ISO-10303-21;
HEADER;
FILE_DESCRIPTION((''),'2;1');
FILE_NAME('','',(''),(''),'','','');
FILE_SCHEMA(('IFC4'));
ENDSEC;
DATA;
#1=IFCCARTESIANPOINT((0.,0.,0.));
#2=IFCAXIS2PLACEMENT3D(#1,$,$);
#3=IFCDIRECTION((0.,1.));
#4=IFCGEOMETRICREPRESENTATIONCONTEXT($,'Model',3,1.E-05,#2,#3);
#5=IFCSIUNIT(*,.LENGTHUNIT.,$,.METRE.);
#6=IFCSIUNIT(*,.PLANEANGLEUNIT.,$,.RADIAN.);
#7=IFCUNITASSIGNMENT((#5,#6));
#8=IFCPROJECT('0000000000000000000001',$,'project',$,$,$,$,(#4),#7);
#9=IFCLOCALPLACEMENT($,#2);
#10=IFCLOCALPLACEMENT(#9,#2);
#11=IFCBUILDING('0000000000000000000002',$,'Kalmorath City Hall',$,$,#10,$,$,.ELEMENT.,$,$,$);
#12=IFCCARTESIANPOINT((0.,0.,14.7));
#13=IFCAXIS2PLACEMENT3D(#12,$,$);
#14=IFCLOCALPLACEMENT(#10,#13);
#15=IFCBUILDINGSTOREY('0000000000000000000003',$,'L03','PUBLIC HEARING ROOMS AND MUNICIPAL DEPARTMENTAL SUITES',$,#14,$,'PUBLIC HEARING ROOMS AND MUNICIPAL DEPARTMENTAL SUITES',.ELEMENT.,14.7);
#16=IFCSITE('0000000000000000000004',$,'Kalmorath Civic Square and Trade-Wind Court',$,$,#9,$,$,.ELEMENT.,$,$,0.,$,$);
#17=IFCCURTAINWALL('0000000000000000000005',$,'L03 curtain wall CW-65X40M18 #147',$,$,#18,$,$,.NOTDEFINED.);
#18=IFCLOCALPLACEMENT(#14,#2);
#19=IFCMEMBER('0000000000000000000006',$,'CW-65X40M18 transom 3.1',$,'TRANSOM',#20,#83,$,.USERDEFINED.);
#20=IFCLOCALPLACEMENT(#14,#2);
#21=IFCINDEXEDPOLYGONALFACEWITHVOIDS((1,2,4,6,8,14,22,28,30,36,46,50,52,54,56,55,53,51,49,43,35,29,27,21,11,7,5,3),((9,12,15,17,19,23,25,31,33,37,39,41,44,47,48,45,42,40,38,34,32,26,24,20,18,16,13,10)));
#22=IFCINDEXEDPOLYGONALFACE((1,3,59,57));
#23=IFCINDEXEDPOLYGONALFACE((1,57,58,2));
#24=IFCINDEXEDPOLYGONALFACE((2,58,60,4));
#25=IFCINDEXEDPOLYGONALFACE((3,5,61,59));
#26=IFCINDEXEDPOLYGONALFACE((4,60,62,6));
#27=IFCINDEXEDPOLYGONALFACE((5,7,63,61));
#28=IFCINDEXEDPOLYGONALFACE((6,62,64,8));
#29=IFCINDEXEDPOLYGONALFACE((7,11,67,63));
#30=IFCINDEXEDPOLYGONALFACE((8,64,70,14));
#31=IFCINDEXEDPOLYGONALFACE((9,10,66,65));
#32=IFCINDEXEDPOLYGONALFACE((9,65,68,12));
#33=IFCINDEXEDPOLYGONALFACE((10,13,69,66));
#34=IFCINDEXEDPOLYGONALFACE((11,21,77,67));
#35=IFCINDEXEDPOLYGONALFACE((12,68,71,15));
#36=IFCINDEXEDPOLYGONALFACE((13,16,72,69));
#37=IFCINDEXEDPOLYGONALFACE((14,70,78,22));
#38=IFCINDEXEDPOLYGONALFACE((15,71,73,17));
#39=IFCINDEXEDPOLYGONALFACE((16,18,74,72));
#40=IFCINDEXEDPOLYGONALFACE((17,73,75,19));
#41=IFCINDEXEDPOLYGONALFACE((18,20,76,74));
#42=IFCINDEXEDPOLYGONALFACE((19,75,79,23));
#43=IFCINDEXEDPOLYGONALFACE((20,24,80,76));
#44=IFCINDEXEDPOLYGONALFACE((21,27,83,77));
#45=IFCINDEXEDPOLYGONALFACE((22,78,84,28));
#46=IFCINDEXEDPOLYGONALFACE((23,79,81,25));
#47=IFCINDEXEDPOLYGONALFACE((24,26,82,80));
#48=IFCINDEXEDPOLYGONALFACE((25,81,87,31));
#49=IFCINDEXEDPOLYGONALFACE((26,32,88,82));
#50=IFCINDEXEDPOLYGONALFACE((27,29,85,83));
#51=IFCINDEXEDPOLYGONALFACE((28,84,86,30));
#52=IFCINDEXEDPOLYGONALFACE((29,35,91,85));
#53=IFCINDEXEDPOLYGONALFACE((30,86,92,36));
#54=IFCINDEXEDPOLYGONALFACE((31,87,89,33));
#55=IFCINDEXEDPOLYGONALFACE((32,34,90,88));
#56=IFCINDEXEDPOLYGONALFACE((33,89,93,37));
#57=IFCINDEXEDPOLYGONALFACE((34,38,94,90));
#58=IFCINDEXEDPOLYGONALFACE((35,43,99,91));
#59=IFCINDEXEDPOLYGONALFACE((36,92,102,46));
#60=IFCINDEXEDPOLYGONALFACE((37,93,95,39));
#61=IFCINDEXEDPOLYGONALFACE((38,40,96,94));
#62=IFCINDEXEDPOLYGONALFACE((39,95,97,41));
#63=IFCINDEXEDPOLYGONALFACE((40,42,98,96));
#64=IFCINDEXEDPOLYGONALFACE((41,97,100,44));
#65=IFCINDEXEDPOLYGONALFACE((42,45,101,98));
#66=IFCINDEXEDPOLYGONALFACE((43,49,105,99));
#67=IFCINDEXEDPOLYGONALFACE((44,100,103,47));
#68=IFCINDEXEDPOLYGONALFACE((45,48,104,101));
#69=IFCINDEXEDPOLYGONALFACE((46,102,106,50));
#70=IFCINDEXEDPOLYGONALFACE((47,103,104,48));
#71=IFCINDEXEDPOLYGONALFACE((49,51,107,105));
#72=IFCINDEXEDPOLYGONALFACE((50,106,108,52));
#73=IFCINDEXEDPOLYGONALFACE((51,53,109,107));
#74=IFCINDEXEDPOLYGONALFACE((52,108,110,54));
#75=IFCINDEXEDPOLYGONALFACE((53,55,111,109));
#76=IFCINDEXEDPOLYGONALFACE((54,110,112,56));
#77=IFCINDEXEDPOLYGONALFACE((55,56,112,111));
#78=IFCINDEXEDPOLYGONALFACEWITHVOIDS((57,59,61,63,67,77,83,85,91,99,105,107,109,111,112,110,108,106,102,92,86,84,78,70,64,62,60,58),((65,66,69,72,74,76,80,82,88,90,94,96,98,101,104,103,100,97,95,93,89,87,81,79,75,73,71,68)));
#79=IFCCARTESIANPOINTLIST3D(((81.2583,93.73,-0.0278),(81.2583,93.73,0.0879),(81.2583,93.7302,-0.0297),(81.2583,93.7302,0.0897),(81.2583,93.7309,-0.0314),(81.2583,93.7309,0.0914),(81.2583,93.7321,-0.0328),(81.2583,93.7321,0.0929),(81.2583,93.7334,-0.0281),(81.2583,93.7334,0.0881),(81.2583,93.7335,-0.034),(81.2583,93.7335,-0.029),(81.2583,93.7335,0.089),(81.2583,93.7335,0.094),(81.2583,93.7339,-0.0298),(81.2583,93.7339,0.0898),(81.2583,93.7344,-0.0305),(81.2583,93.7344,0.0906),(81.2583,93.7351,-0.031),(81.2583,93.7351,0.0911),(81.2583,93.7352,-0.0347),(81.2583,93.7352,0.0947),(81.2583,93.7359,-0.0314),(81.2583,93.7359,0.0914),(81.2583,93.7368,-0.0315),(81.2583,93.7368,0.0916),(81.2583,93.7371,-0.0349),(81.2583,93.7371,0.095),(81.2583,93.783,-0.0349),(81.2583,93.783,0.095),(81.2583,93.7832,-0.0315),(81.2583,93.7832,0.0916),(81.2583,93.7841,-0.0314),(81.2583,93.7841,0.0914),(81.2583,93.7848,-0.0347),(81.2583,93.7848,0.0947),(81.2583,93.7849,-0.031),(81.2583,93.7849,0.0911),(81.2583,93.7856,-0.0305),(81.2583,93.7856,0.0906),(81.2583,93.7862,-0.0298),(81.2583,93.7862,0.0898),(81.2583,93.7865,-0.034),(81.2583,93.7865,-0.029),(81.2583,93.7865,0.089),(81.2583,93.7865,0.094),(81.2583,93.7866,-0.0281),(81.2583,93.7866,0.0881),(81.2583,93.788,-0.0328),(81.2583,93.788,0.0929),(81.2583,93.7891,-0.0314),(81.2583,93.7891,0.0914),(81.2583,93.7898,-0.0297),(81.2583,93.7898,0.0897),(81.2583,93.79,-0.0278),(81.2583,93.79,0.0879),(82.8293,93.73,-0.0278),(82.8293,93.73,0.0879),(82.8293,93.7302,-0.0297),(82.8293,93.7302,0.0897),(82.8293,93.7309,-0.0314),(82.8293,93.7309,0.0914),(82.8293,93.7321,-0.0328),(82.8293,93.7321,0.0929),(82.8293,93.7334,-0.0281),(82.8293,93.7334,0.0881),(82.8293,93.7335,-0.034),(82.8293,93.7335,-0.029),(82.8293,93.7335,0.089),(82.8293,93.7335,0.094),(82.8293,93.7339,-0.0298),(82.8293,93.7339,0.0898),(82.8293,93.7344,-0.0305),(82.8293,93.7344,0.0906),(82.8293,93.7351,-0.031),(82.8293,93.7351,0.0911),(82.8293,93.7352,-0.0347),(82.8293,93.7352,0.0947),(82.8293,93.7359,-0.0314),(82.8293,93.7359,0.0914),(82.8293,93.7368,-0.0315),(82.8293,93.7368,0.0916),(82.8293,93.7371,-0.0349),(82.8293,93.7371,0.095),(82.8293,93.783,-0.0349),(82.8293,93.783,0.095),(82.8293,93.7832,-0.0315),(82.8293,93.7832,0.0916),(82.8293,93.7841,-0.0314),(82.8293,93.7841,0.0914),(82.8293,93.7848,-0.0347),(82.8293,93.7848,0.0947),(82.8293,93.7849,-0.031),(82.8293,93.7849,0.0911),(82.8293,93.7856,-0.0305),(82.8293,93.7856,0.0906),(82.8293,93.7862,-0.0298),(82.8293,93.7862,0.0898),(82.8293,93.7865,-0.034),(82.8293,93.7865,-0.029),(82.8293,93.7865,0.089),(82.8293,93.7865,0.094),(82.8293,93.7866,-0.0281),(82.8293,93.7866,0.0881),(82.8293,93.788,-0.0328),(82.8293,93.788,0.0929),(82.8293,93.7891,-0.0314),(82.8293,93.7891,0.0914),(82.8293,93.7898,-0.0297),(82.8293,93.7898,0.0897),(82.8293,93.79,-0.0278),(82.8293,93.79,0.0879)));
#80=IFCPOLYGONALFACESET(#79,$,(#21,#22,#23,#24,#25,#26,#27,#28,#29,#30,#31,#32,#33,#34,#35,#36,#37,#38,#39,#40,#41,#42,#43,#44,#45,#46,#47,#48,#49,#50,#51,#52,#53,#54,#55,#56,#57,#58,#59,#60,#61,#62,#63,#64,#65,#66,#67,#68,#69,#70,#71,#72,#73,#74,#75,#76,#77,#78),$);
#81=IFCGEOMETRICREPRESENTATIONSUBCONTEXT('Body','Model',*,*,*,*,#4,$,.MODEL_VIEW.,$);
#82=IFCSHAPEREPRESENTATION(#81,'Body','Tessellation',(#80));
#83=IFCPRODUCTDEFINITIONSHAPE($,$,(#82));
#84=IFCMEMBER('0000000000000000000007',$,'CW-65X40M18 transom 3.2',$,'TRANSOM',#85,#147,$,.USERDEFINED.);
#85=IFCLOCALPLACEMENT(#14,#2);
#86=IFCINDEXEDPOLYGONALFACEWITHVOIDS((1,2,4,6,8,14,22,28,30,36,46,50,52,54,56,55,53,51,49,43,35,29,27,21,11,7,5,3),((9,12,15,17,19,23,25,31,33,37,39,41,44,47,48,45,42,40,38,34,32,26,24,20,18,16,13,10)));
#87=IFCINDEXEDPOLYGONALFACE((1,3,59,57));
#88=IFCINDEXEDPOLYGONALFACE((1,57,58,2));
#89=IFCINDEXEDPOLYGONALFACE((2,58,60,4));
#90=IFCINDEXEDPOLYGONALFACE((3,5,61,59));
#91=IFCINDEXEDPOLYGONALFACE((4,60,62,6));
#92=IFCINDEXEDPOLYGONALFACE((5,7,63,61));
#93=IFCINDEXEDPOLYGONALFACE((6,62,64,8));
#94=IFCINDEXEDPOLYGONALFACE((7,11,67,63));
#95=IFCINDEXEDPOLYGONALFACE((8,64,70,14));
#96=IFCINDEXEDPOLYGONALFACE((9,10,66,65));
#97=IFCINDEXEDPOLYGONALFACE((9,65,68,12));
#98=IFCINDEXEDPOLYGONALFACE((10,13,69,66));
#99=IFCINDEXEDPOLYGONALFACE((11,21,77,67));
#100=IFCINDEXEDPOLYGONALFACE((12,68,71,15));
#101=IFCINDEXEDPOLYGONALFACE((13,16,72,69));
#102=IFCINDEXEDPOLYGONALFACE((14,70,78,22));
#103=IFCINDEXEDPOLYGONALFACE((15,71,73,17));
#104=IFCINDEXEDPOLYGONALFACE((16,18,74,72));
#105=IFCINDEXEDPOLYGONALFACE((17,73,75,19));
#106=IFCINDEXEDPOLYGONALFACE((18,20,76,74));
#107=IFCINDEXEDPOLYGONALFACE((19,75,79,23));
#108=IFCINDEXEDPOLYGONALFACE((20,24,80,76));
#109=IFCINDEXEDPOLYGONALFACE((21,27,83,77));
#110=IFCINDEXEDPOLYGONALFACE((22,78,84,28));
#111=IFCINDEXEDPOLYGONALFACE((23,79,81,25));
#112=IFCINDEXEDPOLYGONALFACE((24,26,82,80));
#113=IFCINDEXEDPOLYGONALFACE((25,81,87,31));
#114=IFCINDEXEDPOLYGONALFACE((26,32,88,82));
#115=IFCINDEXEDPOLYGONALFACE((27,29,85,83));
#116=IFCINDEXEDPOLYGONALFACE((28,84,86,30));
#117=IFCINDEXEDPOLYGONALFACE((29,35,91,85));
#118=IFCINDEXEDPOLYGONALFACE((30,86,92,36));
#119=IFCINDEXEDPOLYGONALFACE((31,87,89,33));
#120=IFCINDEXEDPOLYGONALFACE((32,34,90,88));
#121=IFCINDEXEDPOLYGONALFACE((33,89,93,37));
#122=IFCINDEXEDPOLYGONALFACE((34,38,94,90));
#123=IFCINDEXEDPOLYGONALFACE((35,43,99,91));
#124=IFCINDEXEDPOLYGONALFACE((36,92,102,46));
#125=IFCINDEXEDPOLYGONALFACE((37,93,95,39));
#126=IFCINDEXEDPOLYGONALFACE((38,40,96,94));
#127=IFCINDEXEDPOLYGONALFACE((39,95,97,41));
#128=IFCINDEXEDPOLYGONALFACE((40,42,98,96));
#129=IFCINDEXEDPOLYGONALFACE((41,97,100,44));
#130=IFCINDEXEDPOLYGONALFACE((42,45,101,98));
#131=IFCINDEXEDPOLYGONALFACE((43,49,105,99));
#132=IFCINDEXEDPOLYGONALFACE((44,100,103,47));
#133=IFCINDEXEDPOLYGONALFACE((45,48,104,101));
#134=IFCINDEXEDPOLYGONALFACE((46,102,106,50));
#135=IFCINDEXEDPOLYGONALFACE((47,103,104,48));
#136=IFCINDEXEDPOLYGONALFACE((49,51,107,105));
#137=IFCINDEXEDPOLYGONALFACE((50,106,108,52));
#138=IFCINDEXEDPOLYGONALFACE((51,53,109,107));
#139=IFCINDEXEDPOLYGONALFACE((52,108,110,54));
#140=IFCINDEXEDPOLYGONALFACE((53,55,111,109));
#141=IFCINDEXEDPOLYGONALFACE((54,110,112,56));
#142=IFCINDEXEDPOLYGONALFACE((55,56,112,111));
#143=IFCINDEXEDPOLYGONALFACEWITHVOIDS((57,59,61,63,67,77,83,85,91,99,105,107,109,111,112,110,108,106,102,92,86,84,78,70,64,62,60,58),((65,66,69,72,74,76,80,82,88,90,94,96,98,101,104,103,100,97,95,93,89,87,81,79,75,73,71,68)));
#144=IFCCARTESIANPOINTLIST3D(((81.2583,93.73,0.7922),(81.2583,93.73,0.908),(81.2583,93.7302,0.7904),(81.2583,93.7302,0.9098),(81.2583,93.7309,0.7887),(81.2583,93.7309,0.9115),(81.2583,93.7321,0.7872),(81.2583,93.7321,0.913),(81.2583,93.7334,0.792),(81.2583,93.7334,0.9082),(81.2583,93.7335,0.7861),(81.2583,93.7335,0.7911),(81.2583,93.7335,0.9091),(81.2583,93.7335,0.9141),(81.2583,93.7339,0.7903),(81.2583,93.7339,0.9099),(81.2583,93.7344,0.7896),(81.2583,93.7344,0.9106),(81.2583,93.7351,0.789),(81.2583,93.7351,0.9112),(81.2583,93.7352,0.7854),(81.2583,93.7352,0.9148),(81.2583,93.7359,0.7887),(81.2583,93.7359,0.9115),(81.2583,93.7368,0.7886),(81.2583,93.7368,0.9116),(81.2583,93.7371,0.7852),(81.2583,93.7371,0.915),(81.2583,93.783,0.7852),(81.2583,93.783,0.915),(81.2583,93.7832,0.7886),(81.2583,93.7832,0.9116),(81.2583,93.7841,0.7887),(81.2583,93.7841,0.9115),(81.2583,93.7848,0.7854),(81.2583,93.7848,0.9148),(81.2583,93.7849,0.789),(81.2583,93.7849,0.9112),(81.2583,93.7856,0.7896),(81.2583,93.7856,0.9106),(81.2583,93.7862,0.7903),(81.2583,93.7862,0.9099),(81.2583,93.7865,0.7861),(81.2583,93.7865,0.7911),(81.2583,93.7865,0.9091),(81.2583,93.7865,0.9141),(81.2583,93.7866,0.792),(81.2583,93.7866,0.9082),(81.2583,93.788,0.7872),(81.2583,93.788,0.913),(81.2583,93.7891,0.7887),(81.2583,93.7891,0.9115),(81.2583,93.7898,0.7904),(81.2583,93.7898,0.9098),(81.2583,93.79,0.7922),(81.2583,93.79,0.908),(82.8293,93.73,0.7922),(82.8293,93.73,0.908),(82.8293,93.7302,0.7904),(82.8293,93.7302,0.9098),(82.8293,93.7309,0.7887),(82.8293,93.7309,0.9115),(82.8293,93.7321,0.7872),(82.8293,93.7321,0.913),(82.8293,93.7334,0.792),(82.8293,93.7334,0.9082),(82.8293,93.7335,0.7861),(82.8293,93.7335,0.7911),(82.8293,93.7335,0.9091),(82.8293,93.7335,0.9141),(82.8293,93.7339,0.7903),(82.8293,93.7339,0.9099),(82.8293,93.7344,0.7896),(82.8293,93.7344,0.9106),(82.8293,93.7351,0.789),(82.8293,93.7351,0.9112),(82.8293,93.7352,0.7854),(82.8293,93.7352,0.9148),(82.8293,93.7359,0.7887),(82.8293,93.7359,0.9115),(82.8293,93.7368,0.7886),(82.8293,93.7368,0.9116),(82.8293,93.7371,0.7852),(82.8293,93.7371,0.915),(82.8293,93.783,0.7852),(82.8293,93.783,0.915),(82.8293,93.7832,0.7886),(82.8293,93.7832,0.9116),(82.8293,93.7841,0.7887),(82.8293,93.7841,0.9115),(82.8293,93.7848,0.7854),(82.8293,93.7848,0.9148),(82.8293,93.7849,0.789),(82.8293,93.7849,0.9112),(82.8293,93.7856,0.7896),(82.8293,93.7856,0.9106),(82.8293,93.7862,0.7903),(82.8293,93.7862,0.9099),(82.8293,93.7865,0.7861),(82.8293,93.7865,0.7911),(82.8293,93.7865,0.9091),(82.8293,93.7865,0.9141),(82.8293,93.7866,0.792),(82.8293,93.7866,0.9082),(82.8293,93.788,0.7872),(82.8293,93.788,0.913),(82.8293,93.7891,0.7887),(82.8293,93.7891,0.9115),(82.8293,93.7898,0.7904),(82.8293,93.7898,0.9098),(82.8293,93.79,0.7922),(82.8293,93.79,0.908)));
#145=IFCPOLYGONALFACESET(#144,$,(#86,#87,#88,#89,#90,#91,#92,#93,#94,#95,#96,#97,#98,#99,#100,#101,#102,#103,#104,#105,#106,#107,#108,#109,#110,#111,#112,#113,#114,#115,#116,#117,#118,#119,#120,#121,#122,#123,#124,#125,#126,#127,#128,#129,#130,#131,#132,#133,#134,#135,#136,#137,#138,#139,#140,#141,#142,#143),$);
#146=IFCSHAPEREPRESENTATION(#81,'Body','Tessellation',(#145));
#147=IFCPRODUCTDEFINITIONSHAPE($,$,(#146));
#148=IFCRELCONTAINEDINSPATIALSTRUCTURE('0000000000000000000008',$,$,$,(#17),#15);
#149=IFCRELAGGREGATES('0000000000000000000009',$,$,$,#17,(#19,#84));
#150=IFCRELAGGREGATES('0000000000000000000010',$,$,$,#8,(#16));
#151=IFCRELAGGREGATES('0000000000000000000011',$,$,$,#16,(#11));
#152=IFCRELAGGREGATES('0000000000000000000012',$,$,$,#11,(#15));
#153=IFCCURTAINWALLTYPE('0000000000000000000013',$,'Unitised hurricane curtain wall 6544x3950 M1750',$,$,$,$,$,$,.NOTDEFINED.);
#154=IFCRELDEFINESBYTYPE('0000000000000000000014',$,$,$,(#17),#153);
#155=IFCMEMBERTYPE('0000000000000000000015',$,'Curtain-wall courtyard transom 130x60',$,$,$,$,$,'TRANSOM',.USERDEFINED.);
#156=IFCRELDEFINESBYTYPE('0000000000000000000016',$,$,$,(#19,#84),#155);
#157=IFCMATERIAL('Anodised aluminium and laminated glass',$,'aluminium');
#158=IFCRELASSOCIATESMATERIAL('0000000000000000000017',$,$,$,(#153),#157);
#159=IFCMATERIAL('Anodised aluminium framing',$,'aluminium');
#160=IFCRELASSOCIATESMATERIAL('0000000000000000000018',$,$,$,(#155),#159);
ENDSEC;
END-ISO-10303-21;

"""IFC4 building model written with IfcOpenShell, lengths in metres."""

from ifc_helpers import new_model, si_unit, direction, frame, origin, origin_2d, place, context, subcontext, project, spatial, hollow_rectangle, extrude, material, material_profile, profile_set, type_object, element, aggregate, save


model = new_model("IFC4")

# Units and contexts
model_context = context("Model", 3, precision=1e-05, world=origin(), true_north=direction((0.0, 1.0)))
body_context = subcontext(model_context, "Body", "Model", "MODEL_VIEW")
ifc_project = project(units=[si_unit("LENGTHUNIT", "METRE"), si_unit("PLANEANGLEUNIT", "RADIAN")], contexts=[model_context])

# Site, building, storey
site_placement = place(None, origin())
site = spatial("IfcSite", under=ifc_project, at=site_placement, Name="Kalmorath Civic Square and Trade-Wind Court", CompositionType="ELEMENT", RefElevation=0.0)
building_placement = place(site_placement, origin())
building = spatial("IfcBuilding", under=site, at=building_placement, Name="Kalmorath City Hall", CompositionType="ELEMENT")
storey_placement = place(building_placement, frame((0.0, 0.0, 14.7)))
storey = spatial("IfcBuildingStorey", under=building, at=storey_placement, Name="L03", Description="PUBLIC HEARING ROOMS AND MUNICIPAL DEPARTMENTAL SUITES", LongName="PUBLIC HEARING ROOMS AND MUNICIPAL DEPARTMENTAL SUITES", CompositionType="ELEMENT", Elevation=14.7)

# Curtain wall
ifc_material_1 = material(Name="Anodised aluminium and laminated glass", Category="aluminium")
curtain_wall_type_1 = type_object("IfcCurtainWallType", Name="Unitised hurricane curtain wall 6544x3950 M1750", PredefinedType="NOTDEFINED", material=ifc_material_1)
curtain_wall_1_placement = place(storey_placement, origin())
curtain_wall_1 = element("IfcCurtainWall", 1, at=curtain_wall_1_placement, inside=storey, type_object=curtain_wall_type_1, Name="L03 curtain wall CW-65X40M18 #147", PredefinedType="NOTDEFINED")

# Members
ifc_material_2 = material(Name="Anodised aluminium framing", Category="aluminium")
ifc_material_profile_1 = material_profile(ifc_material_2, hollow_rectangle(XDim=0.0601, YDim=0.1299, WallThickness=0.0034, InnerFilletRadius=0.0034, OuterFilletRadius=0.0071, at=origin_2d()), Name="ALU-TRN-130X60X3.5")
ifc_profile_set_1 = profile_set([ifc_material_profile_1], Name="Anodised aluminium framing")
member_type_1 = type_object("IfcMemberType", Name="Curtain-wall courtyard transom 130x60", ElementType="TRANSOM", PredefinedType="USERDEFINED", material=ifc_profile_set_1)
member_1_placement = place(storey_placement, frame((82.8293, 93.76, 0.03), z_axis=(-1.0, 0.0, 0.0), x_axis=(0.0, -1.0, 0.0)))
member_1 = element("IfcMember", 2, at=member_1_placement, type_object=member_type_1, Name="CW-65X40M18 transom 3.1", ObjectType="TRANSOM", PredefinedType="USERDEFINED", context=body_context, shape_type="SweptSolid", body=[
    extrude(hollow_rectangle(XDim=0.0601, YDim=0.1299, WallThickness=0.0034, InnerFilletRadius=0.0034, OuterFilletRadius=0.0071, at=origin_2d()), origin(), (0.0, 0.0, 1.0), 1.571),
])
member_2_placement = place(storey_placement, frame((82.8293, 93.76, 0.8501), z_axis=(-1.0, 0.0, 0.0), x_axis=(0.0, -1.0, 0.0)))
member_2 = element("IfcMember", 3, at=member_2_placement, type_object=member_type_1, Name="CW-65X40M18 transom 3.2", ObjectType="TRANSOM", PredefinedType="USERDEFINED", context=body_context, shape_type="SweptSolid", body=[
    extrude(hollow_rectangle(XDim=0.0601, YDim=0.1299, WallThickness=0.0034, InnerFilletRadius=0.0034, OuterFilletRadius=0.0071, at=origin_2d()), origin(), (0.0, 0.0, 1.0), 1.571),
])

aggregate(curtain_wall_1, [member_1, member_2])

save(model, "model.ifc")
